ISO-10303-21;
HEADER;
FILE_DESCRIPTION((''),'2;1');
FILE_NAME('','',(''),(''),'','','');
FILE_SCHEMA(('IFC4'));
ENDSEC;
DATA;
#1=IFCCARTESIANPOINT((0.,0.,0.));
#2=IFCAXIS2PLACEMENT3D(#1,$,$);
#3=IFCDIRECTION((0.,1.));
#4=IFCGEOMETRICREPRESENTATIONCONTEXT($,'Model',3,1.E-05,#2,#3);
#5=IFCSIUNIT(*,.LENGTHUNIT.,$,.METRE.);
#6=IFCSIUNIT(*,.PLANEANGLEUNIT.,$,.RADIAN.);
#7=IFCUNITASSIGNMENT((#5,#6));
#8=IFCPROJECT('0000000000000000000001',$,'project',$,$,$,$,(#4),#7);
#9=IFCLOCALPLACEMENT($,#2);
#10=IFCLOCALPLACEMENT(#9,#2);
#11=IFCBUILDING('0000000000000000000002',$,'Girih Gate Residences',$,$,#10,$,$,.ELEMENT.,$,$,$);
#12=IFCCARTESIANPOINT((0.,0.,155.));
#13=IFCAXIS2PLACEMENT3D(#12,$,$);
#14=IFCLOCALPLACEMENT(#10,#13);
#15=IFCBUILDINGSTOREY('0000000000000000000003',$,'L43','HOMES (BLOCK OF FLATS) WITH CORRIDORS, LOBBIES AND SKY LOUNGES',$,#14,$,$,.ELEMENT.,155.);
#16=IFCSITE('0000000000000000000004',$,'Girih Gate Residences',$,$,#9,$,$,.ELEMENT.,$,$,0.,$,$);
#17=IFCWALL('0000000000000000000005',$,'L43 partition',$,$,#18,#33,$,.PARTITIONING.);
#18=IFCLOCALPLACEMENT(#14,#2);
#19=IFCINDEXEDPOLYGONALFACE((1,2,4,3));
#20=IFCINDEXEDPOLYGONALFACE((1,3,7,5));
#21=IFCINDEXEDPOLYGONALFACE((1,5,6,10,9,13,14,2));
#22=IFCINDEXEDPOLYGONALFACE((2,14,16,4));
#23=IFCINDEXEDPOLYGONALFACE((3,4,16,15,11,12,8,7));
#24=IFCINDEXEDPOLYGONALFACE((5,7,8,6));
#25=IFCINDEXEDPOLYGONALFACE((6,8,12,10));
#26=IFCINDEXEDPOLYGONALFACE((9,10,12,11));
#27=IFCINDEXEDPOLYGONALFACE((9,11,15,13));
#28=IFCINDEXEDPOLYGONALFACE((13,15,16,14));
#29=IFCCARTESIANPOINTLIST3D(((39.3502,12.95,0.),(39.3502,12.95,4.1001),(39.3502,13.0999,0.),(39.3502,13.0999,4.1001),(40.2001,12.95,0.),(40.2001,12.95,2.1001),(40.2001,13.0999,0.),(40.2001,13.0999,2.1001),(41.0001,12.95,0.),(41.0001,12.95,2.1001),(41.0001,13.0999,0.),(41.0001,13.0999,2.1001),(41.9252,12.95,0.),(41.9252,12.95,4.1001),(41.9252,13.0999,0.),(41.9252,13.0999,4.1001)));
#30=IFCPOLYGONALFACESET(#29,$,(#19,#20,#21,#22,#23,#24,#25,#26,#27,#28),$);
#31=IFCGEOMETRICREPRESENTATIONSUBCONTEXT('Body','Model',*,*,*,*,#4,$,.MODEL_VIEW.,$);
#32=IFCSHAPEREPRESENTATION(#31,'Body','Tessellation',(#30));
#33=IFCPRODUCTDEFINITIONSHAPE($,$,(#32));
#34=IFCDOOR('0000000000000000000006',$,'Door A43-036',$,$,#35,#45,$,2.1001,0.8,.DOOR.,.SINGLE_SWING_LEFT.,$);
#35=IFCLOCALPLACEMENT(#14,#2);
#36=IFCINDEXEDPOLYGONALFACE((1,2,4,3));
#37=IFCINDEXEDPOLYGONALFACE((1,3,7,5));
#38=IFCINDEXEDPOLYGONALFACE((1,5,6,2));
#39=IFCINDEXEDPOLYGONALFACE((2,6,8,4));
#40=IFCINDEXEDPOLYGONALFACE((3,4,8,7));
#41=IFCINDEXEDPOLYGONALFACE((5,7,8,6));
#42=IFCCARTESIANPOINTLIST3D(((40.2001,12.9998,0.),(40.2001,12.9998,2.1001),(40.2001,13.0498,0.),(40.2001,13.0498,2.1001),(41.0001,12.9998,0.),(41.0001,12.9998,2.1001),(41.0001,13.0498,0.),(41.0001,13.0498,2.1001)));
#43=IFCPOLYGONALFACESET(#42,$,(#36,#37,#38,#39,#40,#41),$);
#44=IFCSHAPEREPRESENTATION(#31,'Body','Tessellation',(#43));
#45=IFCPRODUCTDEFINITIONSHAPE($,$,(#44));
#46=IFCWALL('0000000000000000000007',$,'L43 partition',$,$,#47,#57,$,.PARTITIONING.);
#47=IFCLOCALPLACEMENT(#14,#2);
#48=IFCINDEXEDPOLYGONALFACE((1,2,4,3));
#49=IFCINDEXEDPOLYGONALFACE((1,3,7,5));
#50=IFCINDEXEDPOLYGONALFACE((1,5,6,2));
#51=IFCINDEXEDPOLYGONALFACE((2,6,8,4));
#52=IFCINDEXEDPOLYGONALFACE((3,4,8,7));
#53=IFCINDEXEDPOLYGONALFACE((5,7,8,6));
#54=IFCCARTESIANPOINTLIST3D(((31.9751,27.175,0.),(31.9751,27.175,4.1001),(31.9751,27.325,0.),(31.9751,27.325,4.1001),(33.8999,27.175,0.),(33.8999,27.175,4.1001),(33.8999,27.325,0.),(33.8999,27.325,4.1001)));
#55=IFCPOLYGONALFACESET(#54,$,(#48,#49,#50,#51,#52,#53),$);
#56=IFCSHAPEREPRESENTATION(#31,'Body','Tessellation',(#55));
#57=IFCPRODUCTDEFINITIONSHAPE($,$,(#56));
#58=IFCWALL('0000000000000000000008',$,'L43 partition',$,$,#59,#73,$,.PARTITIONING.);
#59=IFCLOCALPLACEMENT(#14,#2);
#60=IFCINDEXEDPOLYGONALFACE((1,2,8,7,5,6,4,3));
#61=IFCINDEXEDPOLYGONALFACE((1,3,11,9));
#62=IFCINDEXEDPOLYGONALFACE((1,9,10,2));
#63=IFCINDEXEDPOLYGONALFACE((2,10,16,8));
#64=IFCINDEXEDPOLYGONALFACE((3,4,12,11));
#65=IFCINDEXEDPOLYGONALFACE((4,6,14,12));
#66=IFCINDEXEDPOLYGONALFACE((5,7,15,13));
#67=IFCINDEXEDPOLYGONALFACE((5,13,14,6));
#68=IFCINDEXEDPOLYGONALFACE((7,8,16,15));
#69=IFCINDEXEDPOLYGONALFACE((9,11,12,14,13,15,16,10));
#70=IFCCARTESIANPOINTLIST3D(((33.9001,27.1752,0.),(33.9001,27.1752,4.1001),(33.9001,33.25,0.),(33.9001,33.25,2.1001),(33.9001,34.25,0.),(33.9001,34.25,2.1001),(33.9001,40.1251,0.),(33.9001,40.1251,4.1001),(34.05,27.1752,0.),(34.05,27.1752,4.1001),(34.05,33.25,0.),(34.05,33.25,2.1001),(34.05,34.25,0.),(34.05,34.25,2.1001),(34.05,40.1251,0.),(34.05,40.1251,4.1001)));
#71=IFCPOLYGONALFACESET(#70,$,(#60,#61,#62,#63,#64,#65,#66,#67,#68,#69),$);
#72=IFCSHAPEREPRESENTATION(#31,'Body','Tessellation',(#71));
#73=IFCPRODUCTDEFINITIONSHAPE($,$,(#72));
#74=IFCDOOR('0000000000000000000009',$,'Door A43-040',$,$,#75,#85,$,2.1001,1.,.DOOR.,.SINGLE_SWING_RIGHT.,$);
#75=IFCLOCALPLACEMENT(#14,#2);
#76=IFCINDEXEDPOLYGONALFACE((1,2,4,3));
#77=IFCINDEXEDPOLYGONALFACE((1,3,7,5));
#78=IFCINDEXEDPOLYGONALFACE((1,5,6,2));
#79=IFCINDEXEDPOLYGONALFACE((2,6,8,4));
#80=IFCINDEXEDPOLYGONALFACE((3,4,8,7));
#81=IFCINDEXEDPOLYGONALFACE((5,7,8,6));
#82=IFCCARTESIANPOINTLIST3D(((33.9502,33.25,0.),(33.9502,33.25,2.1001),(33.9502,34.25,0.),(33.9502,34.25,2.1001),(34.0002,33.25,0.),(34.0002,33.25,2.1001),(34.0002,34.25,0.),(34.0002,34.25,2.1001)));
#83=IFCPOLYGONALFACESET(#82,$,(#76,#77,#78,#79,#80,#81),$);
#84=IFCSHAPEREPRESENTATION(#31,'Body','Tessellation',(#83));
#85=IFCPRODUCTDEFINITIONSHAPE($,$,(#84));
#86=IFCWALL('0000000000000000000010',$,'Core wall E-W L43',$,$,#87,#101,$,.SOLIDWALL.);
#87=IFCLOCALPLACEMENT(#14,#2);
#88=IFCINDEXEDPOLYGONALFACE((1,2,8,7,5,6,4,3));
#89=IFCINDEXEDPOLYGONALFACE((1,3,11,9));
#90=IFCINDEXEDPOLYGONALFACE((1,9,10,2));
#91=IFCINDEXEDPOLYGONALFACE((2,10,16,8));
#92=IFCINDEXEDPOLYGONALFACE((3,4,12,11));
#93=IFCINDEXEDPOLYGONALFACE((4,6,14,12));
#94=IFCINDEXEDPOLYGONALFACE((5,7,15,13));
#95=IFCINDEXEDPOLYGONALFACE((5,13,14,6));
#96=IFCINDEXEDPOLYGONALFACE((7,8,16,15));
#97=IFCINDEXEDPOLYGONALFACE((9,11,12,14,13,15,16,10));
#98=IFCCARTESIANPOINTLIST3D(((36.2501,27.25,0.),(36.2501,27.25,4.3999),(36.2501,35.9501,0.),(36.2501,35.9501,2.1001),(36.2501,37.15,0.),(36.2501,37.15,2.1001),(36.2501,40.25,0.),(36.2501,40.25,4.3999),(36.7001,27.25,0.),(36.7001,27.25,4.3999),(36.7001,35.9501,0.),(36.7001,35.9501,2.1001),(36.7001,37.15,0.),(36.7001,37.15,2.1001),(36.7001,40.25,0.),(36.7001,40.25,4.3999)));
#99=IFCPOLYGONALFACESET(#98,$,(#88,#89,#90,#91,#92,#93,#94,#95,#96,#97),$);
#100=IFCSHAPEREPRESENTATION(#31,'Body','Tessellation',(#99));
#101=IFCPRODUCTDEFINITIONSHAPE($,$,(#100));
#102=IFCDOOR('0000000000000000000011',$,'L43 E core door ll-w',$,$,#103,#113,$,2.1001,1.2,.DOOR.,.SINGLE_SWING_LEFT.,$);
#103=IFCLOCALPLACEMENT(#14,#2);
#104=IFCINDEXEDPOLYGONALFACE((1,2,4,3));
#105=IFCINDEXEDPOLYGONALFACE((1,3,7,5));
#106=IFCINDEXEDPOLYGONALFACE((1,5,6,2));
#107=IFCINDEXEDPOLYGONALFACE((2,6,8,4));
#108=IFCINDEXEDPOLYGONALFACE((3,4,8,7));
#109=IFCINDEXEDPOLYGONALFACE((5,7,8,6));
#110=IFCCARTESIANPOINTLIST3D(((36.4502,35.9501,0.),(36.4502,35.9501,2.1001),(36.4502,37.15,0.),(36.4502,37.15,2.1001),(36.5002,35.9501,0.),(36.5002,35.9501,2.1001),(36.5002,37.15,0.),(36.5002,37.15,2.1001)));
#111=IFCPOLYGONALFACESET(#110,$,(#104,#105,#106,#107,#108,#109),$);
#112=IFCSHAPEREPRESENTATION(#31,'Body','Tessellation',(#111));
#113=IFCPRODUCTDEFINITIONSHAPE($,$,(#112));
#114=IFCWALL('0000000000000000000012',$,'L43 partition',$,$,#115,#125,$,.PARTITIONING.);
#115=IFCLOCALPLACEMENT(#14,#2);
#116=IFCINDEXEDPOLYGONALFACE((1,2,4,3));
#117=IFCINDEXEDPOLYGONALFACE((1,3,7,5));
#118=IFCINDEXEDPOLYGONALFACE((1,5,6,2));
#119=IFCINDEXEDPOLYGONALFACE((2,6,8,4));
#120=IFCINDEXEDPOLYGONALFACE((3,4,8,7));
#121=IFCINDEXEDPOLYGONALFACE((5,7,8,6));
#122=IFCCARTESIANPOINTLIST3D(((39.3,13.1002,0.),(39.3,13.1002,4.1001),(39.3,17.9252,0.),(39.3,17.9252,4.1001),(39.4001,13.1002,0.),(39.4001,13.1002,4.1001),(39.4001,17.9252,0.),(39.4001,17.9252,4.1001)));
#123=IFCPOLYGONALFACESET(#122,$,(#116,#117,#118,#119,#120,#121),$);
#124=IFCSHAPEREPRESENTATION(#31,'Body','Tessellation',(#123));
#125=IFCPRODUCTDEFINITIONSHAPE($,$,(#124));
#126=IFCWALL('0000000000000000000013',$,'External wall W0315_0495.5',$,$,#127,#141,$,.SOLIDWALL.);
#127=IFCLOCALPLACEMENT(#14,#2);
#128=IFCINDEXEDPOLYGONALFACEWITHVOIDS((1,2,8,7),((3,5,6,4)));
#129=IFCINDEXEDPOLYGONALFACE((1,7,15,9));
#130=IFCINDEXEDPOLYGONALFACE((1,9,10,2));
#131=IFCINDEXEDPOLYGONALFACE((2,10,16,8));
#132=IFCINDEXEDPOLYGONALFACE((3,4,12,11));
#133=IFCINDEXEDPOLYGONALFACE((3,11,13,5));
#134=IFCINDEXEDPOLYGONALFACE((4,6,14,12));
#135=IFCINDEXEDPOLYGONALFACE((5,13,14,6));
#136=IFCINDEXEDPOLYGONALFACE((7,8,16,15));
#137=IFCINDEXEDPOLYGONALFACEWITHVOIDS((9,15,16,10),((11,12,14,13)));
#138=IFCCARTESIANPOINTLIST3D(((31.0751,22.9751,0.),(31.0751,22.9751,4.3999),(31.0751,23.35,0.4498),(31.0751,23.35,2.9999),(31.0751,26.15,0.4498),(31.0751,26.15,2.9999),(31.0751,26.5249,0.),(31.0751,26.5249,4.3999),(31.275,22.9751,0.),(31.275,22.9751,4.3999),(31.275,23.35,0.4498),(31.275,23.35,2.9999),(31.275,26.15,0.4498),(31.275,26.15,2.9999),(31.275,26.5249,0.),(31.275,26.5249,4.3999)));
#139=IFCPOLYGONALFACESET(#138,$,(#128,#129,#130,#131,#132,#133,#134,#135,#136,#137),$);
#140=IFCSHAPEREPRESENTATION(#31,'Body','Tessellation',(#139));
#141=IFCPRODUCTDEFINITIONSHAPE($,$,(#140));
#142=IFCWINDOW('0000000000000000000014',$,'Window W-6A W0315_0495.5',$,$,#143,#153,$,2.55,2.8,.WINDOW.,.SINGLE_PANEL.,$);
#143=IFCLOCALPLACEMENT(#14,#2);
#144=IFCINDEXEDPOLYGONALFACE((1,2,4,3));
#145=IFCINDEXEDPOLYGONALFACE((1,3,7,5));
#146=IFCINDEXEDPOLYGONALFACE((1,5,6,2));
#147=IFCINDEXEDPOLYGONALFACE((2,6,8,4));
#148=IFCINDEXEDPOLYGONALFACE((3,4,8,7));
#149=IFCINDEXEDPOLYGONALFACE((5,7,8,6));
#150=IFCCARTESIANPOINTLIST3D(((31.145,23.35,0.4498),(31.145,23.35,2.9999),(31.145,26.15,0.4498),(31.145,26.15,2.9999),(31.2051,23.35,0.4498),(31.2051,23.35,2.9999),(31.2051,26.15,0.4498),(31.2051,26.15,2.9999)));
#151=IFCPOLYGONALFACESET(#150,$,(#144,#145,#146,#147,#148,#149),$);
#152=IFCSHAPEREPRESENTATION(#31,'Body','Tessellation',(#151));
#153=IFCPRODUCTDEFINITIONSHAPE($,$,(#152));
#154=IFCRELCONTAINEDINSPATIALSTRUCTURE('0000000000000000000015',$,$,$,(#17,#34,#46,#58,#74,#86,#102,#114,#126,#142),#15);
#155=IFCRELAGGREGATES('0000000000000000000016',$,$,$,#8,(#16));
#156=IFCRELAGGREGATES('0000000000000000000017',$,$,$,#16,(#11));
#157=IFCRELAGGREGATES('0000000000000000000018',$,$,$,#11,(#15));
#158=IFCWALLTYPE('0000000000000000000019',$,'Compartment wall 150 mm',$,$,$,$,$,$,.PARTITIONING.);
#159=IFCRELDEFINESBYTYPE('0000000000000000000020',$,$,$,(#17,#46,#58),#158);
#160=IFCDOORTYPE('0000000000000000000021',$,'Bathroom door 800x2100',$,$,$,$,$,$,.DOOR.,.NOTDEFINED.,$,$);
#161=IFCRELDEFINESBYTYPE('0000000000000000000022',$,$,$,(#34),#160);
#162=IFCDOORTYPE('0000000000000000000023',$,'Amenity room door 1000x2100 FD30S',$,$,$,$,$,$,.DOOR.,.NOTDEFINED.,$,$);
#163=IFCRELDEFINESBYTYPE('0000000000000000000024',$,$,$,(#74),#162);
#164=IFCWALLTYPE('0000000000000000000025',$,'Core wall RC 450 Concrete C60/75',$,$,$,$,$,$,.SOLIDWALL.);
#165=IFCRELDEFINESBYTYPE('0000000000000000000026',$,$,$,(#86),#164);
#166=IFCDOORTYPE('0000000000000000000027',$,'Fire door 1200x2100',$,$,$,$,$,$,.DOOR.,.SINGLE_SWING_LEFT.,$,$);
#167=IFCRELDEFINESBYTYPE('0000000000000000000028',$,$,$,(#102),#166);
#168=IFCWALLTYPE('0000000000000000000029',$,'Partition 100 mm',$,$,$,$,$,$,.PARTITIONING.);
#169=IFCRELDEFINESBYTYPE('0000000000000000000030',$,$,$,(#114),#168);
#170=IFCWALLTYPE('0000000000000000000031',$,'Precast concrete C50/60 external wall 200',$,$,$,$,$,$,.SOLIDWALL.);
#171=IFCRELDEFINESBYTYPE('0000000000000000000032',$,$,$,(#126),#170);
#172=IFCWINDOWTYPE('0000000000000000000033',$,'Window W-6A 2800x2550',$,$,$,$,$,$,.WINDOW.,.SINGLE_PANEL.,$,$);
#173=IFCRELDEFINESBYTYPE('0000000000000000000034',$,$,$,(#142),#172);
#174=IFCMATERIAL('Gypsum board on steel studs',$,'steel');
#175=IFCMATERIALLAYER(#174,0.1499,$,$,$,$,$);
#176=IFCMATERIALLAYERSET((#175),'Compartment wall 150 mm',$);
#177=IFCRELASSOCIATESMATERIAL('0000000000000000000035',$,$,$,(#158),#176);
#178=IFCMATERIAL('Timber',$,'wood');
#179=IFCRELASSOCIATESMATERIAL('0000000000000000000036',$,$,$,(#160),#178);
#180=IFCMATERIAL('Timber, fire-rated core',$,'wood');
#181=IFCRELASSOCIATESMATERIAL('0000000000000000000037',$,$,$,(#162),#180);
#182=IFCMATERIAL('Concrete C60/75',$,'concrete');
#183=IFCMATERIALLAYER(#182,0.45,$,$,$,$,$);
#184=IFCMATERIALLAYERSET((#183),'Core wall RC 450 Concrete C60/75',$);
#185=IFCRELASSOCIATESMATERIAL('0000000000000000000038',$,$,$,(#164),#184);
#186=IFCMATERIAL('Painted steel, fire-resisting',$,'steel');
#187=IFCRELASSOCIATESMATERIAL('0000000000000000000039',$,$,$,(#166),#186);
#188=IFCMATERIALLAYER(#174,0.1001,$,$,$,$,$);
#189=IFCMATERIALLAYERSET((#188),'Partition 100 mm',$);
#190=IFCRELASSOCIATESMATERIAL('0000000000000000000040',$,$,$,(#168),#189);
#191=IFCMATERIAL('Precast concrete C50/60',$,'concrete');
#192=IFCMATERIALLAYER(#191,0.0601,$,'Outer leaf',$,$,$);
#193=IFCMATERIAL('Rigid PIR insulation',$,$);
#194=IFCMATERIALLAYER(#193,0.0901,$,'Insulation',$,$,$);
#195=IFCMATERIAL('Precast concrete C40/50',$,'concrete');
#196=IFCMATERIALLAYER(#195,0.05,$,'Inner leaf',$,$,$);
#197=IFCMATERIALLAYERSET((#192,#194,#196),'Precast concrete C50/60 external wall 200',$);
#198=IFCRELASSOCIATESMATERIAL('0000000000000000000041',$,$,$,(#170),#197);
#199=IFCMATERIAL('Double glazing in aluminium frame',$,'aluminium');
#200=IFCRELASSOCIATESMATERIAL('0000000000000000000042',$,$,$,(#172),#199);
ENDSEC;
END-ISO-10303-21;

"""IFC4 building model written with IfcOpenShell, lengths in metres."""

from ifc_helpers import new_model, si_unit, direction, frame, frame_2d, origin, place, context, subcontext, project, spatial, rectangle, extrude, material, layer, layer_set, type_object, element, fill, save


model = new_model("IFC4")

# Units and contexts
model_context = context("Model", 3, precision=1e-05, world=origin(), true_north=direction((0.0, 1.0)))
body_context = subcontext(model_context, "Body", "Model", "MODEL_VIEW")
ifc_project = project(units=[si_unit("LENGTHUNIT", "METRE"), si_unit("PLANEANGLEUNIT", "RADIAN")], contexts=[model_context])

# Site, building, storey
site_placement = place(None, origin())
site = spatial("IfcSite", under=ifc_project, at=site_placement, Name="Girih Gate Residences", CompositionType="ELEMENT", RefElevation=0.0)
building_placement = place(site_placement, origin())
building = spatial("IfcBuilding", under=site, at=building_placement, Name="Girih Gate Residences", CompositionType="ELEMENT")
storey_placement = place(building_placement, frame((0.0, 0.0, 155.0)))
storey = spatial("IfcBuildingStorey", under=building, at=storey_placement, Name="L43", Description="HOMES (BLOCK OF FLATS) WITH CORRIDORS, LOBBIES AND SKY LOUNGES", CompositionType="ELEMENT", Elevation=155.0)

# Shared definitions
ifc_material_1 = material(Name="Concrete C60/75", Category="concrete")

# Shared definitions
ifc_material_2 = material(Name="Gypsum board on steel studs", Category="steel")
ifc_layer_1 = layer(ifc_material_2, 0.1499)
ifc_layer_set_1 = layer_set([ifc_layer_1], Name="Compartment wall 150 mm")
wall_type_1 = type_object("IfcWallType", Name="Compartment wall 150 mm", PredefinedType="PARTITIONING", material=ifc_layer_set_1)

# Wall, opening, door
ifc_material_3 = material(Name="Timber", Category="wood")
wall_1_placement = place(storey_placement, frame((39.3501, 13.0249, 0.0), z_axis=(0.0, 0.0, 1.0), x_axis=(1.0, 0.0, 0.0)))
wall_1 = element("IfcWall", 1, at=wall_1_placement, inside=storey, type_object=wall_type_1, Name="L43 partition", PredefinedType="PARTITIONING", context=body_context, shape_type="SweptSolid", body=[
    extrude(rectangle(XDim=2.575, YDim=0.1499, at=frame_2d((1.2876, 0.0))), origin(), (0.0, 0.0, 1.0), 4.1001),
])
opening_1_placement = place(wall_1_placement, frame((0.8501, 0.0, 0.0)))
opening_1 = element("IfcOpeningElement", 2, at=opening_1_placement, cuts=wall_1, PredefinedType="OPENING", context=body_context, shape_type="SweptSolid", body=[
    extrude(rectangle(XDim=0.8, YDim=2.1001, at=frame_2d((0.3999, 1.05))), frame((0.0, 0.085, 0.0), z_axis=(0.0, -1.0, 0.0), x_axis=(1.0, 0.0, 0.0)), (0.0, 0.0, 1.0), 0.1699),
])
door_type_1 = type_object("IfcDoorType", Name="Bathroom door 800x2100", OperationType="NOTDEFINED", PredefinedType="DOOR", material=ifc_material_3)
door_1_placement = place(opening_1_placement, origin())
door_1 = element("IfcDoor", 3, at=door_1_placement, inside=storey, type_object=door_type_1, Name="Door A43-036", OperationType="SINGLE_SWING_LEFT", OverallHeight=2.1001, OverallWidth=0.8, PredefinedType="DOOR", context=body_context, shape_type="SweptSolid", body=[
    extrude(rectangle(XDim=0.8, YDim=2.1001, at=frame_2d((0.3999, 1.05))), frame((0.0, 0.0249, 0.0), z_axis=(0.0, -1.0, 0.0), x_axis=(1.0, 0.0, 0.0)), (0.0, 0.0, 1.0), 0.05),
])
fill(opening_1, door_1)

# Wall
wall_2_placement = place(storey_placement, frame((31.9751, 27.25, 0.0), z_axis=(0.0, 0.0, 1.0), x_axis=(1.0, 0.0, 0.0)))
element("IfcWall", 4, at=wall_2_placement, inside=storey, type_object=wall_type_1, Name="L43 partition", PredefinedType="PARTITIONING", context=body_context, shape_type="SweptSolid", body=[
    extrude(rectangle(XDim=1.9248, YDim=0.1499, at=frame_2d((0.9624, 0.0))), origin(), (0.0, 0.0, 1.0), 4.1001),
])

# Walls, openings, doors
wall_3_placement = place(storey_placement, frame((33.9751, 27.175, 0.0), z_axis=(0.0, 0.0, 1.0), x_axis=(0.0, 1.0, 0.0)))
wall_3 = element("IfcWall", 5, at=wall_3_placement, inside=storey, type_object=wall_type_1, Name="L43 partition", PredefinedType="PARTITIONING", context=body_context, shape_type="SweptSolid", body=[
    extrude(rectangle(XDim=12.95, YDim=0.1499, at=frame_2d((6.4751, 0.0))), origin(), (0.0, 0.0, 1.0), 4.1001),
])
opening_2_placement = place(wall_3_placement, frame((6.075, 0.0, 0.0)))
opening_2 = element("IfcOpeningElement", 6, at=opening_2_placement, cuts=wall_3, PredefinedType="OPENING", context=body_context, shape_type="SweptSolid", body=[
    extrude(rectangle(XDim=1.0, YDim=2.1001, at=frame_2d((0.5, 1.05))), frame((0.0, 0.085, 0.0), z_axis=(0.0, -1.0, 0.0), x_axis=(1.0, 0.0, 0.0)), (0.0, 0.0, 1.0), 0.1699),
])
ifc_material_4 = material(Name="Timber, fire-rated core", Category="wood")
door_type_2 = type_object("IfcDoorType", Name="Amenity room door 1000x2100 FD30S", OperationType="NOTDEFINED", PredefinedType="DOOR", material=ifc_material_4)
door_2_placement = place(opening_2_placement, origin())
door_2 = element("IfcDoor", 7, at=door_2_placement, inside=storey, type_object=door_type_2, Name="Door A43-040", OperationType="SINGLE_SWING_RIGHT", OverallHeight=2.1001, OverallWidth=1.0, PredefinedType="DOOR", context=body_context, shape_type="SweptSolid", body=[
    extrude(rectangle(XDim=1.0, YDim=2.1001, at=frame_2d((0.5, 1.05))), frame((0.0, 0.0249, 0.0), z_axis=(0.0, -1.0, 0.0), x_axis=(1.0, 0.0, 0.0)), (0.0, 0.0, 1.0), 0.05),
])
fill(opening_2, door_2)
ifc_layer_2 = layer(ifc_material_1, 0.45)
ifc_layer_set_2 = layer_set([ifc_layer_2], Name="Core wall RC 450 Concrete C60/75")
wall_type_2 = type_object("IfcWallType", Name="Core wall RC 450 Concrete C60/75", PredefinedType="SOLIDWALL", material=ifc_layer_set_2)
wall_4_placement = place(storey_placement, frame((36.4751, 27.25, 0.0), z_axis=(0.0, 0.0, 1.0), x_axis=(0.0, 1.0, 0.0)))
wall_4 = element("IfcWall", 8, at=wall_4_placement, inside=storey, type_object=wall_type_2, Name="Core wall E-W L43", PredefinedType="SOLIDWALL", context=body_context, shape_type="SweptSolid", body=[
    extrude(rectangle(XDim=13.0, YDim=0.45, at=frame_2d((6.5, 0.0))), origin(), (0.0, 0.0, 1.0), 4.3999),
])
opening_3_placement = place(wall_4_placement, frame((8.7, 0.0, 0.0)))
opening_3 = element("IfcOpeningElement", 9, at=opening_3_placement, cuts=wall_4, PredefinedType="OPENING", context=body_context, shape_type="SweptSolid", body=[
    extrude(rectangle(XDim=1.2, YDim=2.1001, at=frame_2d((0.6001, 1.05))), frame((0.0, 0.2349, 0.0), z_axis=(0.0, -1.0, 0.0), x_axis=(1.0, 0.0, 0.0)), (0.0, 0.0, 1.0), 0.47),
])
ifc_material_5 = material(Name="Painted steel, fire-resisting", Category="steel")
door_type_3 = type_object("IfcDoorType", Name="Fire door 1200x2100", OperationType="SINGLE_SWING_LEFT", PredefinedType="DOOR", material=ifc_material_5)
door_3_placement = place(opening_3_placement, origin())
door_3 = element("IfcDoor", 10, at=door_3_placement, inside=storey, type_object=door_type_3, Name="L43 E core door ll-w", OperationType="SINGLE_SWING_LEFT", OverallHeight=2.1001, OverallWidth=1.2, PredefinedType="DOOR", context=body_context, shape_type="SweptSolid", body=[
    extrude(rectangle(XDim=1.2, YDim=2.1001, at=frame_2d((0.6001, 1.05))), frame((0.0, 0.0249, 0.0), z_axis=(0.0, -1.0, 0.0), x_axis=(1.0, 0.0, 0.0)), (0.0, 0.0, 1.0), 0.05),
])
fill(opening_3, door_3)

# Wall
ifc_layer_3 = layer(ifc_material_2, 0.1001)
ifc_layer_set_3 = layer_set([ifc_layer_3], Name="Partition 100 mm")
wall_type_3 = type_object("IfcWallType", Name="Partition 100 mm", PredefinedType="PARTITIONING", material=ifc_layer_set_3)
wall_5_placement = place(storey_placement, frame((39.3501, 13.1001, 0.0), z_axis=(0.0, 0.0, 1.0), x_axis=(0.0, 1.0, 0.0)))
element("IfcWall", 11, at=wall_5_placement, inside=storey, type_object=wall_type_3, Name="L43 partition", PredefinedType="PARTITIONING", context=body_context, shape_type="SweptSolid", body=[
    extrude(rectangle(XDim=4.825, YDim=0.1001, at=frame_2d((2.4126, 0.0))), origin(), (0.0, 0.0, 1.0), 4.1001),
])

# Wall, opening, window
ifc_material_6 = material(Name="Precast concrete C50/60", Category="concrete")
ifc_layer_4 = layer(ifc_material_6, 0.0601, Name="Outer leaf")
ifc_material_7 = material(Name="Rigid PIR insulation")
ifc_layer_5 = layer(ifc_material_7, 0.0901, Name="Insulation")
ifc_material_8 = material(Name="Precast concrete C40/50", Category="concrete")
ifc_layer_6 = layer(ifc_material_8, 0.05, Name="Inner leaf")
ifc_layer_set_4 = layer_set([ifc_layer_4, ifc_layer_5, ifc_layer_6], Name="Precast concrete C50/60 external wall 200")
wall_type_4 = type_object("IfcWallType", Name="Precast concrete C50/60 external wall 200", PredefinedType="SOLIDWALL", material=ifc_layer_set_4)
wall_6_placement = place(storey_placement, frame((31.175, 22.9751, 0.0), z_axis=(0.0, 0.0, 1.0), x_axis=(0.0, 1.0, 0.0)))
wall_6 = element("IfcWall", 12, at=wall_6_placement, inside=storey, type_object=wall_type_4, Name="External wall W0315_0495.5", PredefinedType="SOLIDWALL", context=body_context, shape_type="SweptSolid", body=[
    extrude(rectangle(XDim=3.5498, YDim=0.2, at=frame_2d((1.7749, 0.0))), origin(), (0.0, 0.0, 1.0), 4.3999),
])
opening_4_placement = place(wall_6_placement, frame((0.375, 0.0, 0.45)))
opening_4 = element("IfcOpeningElement", 13, at=opening_4_placement, cuts=wall_6, PredefinedType="OPENING", context=body_context, shape_type="SweptSolid", body=[
    extrude(rectangle(XDim=2.8, YDim=2.55, at=frame_2d((1.3999, 1.2749))), frame((0.0, 0.1099, 0.0), z_axis=(0.0, -1.0, 0.0), x_axis=(1.0, 0.0, 0.0)), (0.0, 0.0, 1.0), 0.22),
])
ifc_material_9 = material(Name="Double glazing in aluminium frame", Category="aluminium")
window_type = type_object("IfcWindowType", Name="Window W-6A 2800x2550", PartitioningType="SINGLE_PANEL", PredefinedType="WINDOW", material=ifc_material_9)
window_1_placement = place(opening_4_placement, origin())
window_1 = element("IfcWindow", 14, at=window_1_placement, inside=storey, type_object=window_type, Name="Window W-6A W0315_0495.5", OverallHeight=2.55, OverallWidth=2.8, PartitioningType="SINGLE_PANEL", PredefinedType="WINDOW", context=body_context, shape_type="SweptSolid", body=[
    extrude(rectangle(XDim=2.8, YDim=2.55, at=frame_2d((1.3999, 1.2749))), frame((0.0, 0.03, 0.0), z_axis=(0.0, -1.0, 0.0), x_axis=(1.0, 0.0, 0.0)), (0.0, 0.0, 1.0), 0.0601),
])
fill(opening_4, window_1)

save(model, "model.ifc")
